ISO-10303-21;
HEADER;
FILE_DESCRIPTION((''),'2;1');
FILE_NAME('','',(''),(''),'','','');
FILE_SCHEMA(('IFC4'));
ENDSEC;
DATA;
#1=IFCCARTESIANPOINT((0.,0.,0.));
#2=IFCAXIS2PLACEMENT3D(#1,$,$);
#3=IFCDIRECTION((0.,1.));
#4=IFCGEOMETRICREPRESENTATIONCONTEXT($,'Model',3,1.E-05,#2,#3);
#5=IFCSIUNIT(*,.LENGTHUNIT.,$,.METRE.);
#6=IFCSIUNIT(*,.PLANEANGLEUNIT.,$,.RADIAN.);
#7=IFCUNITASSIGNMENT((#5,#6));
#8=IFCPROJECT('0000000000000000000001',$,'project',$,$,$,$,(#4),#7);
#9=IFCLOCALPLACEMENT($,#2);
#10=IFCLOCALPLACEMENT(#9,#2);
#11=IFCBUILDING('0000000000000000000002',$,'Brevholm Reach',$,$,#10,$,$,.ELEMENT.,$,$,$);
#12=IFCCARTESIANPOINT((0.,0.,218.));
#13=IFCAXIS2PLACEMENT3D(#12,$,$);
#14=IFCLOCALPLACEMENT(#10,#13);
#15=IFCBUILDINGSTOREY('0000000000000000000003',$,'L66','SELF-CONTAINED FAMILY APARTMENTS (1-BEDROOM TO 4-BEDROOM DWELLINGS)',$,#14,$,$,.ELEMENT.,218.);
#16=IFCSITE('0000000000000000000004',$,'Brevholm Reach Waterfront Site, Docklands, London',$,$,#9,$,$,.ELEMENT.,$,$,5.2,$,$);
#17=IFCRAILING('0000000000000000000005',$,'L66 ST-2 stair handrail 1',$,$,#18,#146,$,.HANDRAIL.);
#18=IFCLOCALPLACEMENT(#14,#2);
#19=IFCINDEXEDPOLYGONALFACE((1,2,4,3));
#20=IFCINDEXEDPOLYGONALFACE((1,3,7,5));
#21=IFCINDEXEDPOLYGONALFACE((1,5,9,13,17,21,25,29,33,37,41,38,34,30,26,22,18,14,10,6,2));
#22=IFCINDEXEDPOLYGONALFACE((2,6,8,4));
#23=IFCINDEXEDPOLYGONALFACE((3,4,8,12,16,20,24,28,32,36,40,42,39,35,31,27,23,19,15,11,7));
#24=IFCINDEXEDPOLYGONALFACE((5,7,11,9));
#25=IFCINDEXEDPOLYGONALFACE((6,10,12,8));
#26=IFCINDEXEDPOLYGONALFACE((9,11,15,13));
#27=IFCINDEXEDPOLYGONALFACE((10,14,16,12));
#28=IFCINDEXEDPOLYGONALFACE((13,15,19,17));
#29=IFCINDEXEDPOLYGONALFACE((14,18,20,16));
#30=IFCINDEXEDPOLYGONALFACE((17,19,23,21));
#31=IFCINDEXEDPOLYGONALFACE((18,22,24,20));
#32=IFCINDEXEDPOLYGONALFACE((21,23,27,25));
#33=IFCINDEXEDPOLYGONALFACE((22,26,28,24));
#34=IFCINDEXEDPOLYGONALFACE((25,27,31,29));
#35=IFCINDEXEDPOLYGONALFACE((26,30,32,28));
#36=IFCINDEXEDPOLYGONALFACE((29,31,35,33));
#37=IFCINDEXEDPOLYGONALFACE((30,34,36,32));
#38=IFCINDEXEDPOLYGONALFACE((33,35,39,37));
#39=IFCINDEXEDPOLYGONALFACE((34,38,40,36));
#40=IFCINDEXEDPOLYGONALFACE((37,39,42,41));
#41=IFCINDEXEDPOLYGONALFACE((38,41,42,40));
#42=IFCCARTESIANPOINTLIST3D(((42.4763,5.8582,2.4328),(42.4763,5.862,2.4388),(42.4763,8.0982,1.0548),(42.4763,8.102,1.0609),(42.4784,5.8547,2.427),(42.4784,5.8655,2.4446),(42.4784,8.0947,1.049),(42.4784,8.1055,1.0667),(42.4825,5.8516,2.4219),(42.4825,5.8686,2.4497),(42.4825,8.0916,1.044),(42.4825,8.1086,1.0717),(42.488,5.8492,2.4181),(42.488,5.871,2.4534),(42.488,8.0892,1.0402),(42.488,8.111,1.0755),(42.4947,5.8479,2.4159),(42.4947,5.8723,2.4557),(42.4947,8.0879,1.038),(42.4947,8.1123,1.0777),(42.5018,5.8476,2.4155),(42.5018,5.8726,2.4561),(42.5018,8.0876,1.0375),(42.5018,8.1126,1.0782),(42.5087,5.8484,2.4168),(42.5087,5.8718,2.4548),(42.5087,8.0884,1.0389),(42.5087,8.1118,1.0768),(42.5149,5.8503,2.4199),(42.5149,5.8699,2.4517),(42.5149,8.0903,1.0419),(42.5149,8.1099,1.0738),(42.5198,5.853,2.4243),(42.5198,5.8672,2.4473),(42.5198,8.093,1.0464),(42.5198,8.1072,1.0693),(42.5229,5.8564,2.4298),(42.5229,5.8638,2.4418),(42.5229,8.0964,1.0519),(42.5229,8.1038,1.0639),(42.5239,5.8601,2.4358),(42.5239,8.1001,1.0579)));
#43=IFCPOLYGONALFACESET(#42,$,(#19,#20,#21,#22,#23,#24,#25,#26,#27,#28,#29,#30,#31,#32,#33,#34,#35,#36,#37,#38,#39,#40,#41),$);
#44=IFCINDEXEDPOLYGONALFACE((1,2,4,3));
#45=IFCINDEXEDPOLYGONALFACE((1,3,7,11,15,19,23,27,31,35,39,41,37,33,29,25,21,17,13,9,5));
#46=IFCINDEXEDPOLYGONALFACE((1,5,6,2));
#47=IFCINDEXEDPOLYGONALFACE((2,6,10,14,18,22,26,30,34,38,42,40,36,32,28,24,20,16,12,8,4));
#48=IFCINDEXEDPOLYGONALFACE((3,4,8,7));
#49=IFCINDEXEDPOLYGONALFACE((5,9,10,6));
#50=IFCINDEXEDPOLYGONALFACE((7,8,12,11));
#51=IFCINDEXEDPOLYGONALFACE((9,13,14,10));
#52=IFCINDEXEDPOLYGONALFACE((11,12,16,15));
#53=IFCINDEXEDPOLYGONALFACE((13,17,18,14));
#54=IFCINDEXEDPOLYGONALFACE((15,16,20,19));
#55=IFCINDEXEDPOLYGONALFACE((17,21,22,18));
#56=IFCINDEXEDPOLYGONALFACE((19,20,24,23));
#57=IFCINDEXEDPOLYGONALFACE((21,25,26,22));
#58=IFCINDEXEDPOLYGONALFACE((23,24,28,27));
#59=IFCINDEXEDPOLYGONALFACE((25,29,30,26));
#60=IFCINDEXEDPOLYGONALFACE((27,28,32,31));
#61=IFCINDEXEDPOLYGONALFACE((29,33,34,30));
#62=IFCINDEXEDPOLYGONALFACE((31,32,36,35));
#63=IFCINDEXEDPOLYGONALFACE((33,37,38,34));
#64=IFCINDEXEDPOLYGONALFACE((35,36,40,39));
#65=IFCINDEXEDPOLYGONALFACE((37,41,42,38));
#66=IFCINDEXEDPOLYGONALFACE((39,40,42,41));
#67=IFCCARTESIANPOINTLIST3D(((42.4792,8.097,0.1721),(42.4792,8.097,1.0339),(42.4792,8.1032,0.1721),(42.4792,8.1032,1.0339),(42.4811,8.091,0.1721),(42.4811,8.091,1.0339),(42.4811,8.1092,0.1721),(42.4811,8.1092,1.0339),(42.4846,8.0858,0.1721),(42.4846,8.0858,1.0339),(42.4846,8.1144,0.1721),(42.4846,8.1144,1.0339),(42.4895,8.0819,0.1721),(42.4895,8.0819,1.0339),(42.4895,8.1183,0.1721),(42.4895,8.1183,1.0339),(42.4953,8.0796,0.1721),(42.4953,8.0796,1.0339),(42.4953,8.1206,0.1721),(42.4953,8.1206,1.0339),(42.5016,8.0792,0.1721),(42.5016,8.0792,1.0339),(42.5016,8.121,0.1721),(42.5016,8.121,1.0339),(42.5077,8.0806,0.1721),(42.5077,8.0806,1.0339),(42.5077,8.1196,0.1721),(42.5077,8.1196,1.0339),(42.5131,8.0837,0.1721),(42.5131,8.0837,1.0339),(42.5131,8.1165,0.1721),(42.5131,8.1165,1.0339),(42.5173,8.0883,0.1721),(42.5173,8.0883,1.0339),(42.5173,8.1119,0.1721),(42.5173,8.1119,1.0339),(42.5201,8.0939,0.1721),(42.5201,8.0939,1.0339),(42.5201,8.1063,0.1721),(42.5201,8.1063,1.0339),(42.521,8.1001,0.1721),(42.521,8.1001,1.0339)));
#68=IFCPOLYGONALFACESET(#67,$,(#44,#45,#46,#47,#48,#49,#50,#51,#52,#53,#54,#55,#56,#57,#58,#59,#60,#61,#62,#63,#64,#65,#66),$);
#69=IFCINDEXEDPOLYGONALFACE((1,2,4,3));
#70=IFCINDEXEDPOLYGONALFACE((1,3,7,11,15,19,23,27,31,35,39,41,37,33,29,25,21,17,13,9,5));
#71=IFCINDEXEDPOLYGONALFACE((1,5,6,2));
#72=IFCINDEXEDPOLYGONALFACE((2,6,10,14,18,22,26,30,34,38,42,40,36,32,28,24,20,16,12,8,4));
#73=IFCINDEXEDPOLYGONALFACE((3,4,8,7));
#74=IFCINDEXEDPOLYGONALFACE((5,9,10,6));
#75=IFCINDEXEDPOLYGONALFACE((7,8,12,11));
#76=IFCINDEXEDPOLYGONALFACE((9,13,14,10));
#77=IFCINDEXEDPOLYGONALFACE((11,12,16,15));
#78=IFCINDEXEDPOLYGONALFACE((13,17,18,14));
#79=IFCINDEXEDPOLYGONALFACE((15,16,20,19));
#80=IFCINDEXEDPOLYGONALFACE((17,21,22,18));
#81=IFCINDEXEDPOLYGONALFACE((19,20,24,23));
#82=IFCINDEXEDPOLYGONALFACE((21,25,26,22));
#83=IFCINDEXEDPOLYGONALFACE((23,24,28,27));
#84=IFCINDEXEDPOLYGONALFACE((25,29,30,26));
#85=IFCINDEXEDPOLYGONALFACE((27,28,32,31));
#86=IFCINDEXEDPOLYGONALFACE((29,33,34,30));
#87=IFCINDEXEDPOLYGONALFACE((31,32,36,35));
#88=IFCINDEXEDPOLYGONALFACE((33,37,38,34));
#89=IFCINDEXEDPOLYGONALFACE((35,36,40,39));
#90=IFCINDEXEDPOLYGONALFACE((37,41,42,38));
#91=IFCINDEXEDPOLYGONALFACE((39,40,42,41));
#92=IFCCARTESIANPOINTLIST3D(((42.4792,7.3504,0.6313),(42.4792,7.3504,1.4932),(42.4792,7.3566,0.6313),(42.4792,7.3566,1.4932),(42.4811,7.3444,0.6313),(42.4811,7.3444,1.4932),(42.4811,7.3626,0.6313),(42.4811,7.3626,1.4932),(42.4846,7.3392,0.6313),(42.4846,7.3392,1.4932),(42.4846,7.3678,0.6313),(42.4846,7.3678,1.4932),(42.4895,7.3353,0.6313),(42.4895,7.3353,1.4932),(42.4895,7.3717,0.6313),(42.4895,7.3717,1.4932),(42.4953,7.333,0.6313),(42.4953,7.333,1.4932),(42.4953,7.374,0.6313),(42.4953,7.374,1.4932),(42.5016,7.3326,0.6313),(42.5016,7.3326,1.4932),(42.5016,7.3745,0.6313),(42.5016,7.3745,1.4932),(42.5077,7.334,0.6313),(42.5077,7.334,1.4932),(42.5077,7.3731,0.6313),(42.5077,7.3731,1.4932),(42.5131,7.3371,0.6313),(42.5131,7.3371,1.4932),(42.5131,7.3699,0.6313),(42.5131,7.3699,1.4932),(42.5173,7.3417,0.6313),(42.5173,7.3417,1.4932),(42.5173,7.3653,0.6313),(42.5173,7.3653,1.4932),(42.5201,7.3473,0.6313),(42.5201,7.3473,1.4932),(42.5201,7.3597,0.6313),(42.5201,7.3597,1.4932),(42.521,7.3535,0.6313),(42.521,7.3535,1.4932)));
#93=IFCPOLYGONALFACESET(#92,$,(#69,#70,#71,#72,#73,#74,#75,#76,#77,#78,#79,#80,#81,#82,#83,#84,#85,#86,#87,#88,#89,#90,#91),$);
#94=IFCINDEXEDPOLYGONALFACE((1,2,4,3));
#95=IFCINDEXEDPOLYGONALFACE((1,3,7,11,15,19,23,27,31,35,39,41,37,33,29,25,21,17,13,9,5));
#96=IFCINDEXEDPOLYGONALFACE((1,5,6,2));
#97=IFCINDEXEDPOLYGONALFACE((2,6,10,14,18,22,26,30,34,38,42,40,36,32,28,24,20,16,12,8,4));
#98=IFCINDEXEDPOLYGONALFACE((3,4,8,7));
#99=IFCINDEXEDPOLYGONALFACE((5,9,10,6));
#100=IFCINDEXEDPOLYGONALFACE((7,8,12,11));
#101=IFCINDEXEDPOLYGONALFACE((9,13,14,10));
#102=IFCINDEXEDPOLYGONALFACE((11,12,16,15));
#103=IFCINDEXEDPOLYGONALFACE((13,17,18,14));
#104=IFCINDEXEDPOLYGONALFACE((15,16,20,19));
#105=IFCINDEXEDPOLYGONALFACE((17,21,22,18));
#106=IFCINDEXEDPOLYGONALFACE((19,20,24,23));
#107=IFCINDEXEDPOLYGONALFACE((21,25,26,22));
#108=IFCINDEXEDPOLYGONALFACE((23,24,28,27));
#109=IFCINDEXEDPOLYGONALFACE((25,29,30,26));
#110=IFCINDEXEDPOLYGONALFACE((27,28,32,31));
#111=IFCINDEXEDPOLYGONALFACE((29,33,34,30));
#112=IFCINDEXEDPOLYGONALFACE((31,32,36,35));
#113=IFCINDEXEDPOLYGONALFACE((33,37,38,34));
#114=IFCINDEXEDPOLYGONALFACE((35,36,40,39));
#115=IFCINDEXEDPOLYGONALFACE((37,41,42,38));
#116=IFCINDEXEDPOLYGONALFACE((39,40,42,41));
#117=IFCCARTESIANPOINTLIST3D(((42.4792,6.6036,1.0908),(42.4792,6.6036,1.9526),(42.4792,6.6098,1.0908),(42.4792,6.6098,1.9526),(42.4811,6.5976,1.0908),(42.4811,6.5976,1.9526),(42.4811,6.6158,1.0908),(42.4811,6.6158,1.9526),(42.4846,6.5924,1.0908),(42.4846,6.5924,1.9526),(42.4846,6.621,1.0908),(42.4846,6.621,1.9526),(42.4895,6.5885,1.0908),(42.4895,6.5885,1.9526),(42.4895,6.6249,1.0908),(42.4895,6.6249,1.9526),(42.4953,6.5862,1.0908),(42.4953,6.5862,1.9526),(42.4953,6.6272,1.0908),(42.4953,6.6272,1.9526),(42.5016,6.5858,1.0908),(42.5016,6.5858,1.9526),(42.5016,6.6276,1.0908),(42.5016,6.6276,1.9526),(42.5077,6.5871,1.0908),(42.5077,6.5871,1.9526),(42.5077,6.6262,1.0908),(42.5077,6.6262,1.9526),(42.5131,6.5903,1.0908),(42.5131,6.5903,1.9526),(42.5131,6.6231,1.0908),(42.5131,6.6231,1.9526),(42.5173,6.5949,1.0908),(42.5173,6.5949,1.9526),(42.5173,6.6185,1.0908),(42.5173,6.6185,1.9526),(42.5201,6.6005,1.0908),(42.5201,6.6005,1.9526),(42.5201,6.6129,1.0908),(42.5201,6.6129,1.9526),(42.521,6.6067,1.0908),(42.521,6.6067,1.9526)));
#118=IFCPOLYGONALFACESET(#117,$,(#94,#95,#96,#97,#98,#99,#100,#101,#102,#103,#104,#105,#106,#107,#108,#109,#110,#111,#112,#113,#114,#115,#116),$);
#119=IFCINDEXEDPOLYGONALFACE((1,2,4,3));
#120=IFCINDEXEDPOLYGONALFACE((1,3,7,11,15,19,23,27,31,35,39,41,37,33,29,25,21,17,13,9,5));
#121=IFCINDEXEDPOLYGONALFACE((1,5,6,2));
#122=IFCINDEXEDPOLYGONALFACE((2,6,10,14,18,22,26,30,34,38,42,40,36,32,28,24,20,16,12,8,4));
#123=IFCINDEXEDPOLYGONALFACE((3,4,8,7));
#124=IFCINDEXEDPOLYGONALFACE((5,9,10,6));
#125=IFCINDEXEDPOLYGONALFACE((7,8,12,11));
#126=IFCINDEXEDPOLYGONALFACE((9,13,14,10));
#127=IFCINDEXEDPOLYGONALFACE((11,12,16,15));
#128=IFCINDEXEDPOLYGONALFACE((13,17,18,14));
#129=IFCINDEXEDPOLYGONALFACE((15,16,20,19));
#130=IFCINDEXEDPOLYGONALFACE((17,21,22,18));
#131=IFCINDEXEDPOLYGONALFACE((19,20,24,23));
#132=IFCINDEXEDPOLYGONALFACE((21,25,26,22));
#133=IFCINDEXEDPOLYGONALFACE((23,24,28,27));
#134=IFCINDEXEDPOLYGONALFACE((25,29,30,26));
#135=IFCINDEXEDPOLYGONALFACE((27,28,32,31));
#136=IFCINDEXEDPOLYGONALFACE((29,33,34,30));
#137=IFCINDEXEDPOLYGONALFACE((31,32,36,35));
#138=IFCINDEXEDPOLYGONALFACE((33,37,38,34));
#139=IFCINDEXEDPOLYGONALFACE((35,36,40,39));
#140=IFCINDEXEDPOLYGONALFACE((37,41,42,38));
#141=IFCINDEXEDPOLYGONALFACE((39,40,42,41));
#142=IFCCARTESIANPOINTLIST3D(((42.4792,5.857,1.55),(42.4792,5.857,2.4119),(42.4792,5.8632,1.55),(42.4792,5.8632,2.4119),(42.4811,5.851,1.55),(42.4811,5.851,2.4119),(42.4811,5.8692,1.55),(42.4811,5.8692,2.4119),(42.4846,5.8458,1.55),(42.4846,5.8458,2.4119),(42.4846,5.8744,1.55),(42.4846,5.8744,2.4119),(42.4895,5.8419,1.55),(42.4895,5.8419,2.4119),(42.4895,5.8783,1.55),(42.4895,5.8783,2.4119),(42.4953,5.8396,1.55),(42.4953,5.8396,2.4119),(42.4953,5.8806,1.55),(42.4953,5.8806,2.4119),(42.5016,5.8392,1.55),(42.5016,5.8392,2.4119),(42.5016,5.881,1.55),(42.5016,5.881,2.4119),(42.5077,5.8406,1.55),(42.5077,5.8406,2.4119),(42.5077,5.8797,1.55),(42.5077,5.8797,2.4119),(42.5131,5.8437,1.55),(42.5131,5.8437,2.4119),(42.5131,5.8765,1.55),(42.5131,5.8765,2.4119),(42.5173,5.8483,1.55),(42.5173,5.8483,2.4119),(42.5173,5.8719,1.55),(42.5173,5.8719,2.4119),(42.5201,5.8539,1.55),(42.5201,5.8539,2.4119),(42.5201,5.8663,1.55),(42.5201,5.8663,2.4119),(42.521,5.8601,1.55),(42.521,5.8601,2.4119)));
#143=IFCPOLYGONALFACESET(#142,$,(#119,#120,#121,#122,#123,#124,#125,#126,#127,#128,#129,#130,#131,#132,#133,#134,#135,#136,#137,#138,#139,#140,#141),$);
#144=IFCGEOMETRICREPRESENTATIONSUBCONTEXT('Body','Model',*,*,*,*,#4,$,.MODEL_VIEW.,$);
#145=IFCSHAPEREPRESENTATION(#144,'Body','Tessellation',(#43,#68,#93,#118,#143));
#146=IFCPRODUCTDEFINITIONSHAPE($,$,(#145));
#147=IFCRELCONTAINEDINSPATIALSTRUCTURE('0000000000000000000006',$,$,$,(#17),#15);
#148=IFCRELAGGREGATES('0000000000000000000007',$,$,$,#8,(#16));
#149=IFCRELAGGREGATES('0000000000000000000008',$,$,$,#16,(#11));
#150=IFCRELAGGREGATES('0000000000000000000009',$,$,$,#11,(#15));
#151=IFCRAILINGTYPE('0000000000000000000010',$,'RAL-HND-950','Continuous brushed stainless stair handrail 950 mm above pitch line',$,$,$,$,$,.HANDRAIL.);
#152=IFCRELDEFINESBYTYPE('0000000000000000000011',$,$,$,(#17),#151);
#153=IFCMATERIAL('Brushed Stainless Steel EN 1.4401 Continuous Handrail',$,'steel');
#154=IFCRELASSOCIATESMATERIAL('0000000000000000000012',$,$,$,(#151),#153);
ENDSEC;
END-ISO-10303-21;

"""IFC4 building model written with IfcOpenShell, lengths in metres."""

from ifc_helpers import new_model, si_unit, direction, frame, origin, origin_2d, place, context, subcontext, project, spatial, circle, extrude, material, type_object, element, save


model = new_model("IFC4")

# Units and contexts
model_context = context("Model", 3, precision=1e-05, world=origin(), true_north=direction((0.0, 1.0)))
body_context = subcontext(model_context, "Body", "Model", "MODEL_VIEW")
ifc_project = project(units=[si_unit("LENGTHUNIT", "METRE"), si_unit("PLANEANGLEUNIT", "RADIAN")], contexts=[model_context])

# Site, building, storey
site_placement = place(None, origin())
site = spatial("IfcSite", under=ifc_project, at=site_placement, Name="Brevholm Reach Waterfront Site, Docklands, London", CompositionType="ELEMENT", RefElevation=5.2)
building_placement = place(site_placement, origin())
building = spatial("IfcBuilding", under=site, at=building_placement, Name="Brevholm Reach", CompositionType="ELEMENT")
storey_placement = place(building_placement, frame((0.0, 0.0, 218.0)))
storey = spatial("IfcBuildingStorey", under=building, at=storey_placement, Name="L66", Description="SELF-CONTAINED FAMILY APARTMENTS (1-BEDROOM TO 4-BEDROOM DWELLINGS)", CompositionType="ELEMENT", Elevation=218.0)

# Railing
ifc_material_1 = material(Name="Brushed Stainless Steel EN 1.4401 Continuous Handrail", Category="steel")
railing_type_1 = type_object("IfcRailingType", Name="RAL-HND-950", Description="Continuous brushed stainless stair handrail 950 mm above pitch line", PredefinedType="HANDRAIL", material=ifc_material_1)
railing_1_placement = place(storey_placement, frame((42.5, 8.1001, 0.1721)))
element("IfcRailing", 1, at=railing_1_placement, inside=storey, type_object=railing_type_1, Name="L66 ST-2 stair handrail 1", PredefinedType="HANDRAIL", context=body_context, shape_type="SweptSolid", body=[
    extrude(circle(Radius=0.0239, at=origin_2d()), frame((0.0, 0.0, 0.8857), z_axis=(0.0, -0.851748, 0.523952), x_axis=(1.0, 0.0, 0.0)), (0.0, 0.0, 1.0), 2.6299),
    extrude(circle(Radius=0.021, at=origin_2d()), origin(), (0.0, 0.0, 1.0), 0.8618),
    extrude(circle(Radius=0.021, at=origin_2d()), frame((0.0, -0.7466, 0.4592)), (0.0, 0.0, 1.0), 0.8618),
    extrude(circle(Radius=0.021, at=origin_2d()), frame((0.0, -1.4934, 0.9187)), (0.0, 0.0, 1.0), 0.8618),
    extrude(circle(Radius=0.021, at=origin_2d()), frame((0.0, -2.24, 1.3779)), (0.0, 0.0, 1.0), 0.8618),
])

save(model, "model.ifc")
